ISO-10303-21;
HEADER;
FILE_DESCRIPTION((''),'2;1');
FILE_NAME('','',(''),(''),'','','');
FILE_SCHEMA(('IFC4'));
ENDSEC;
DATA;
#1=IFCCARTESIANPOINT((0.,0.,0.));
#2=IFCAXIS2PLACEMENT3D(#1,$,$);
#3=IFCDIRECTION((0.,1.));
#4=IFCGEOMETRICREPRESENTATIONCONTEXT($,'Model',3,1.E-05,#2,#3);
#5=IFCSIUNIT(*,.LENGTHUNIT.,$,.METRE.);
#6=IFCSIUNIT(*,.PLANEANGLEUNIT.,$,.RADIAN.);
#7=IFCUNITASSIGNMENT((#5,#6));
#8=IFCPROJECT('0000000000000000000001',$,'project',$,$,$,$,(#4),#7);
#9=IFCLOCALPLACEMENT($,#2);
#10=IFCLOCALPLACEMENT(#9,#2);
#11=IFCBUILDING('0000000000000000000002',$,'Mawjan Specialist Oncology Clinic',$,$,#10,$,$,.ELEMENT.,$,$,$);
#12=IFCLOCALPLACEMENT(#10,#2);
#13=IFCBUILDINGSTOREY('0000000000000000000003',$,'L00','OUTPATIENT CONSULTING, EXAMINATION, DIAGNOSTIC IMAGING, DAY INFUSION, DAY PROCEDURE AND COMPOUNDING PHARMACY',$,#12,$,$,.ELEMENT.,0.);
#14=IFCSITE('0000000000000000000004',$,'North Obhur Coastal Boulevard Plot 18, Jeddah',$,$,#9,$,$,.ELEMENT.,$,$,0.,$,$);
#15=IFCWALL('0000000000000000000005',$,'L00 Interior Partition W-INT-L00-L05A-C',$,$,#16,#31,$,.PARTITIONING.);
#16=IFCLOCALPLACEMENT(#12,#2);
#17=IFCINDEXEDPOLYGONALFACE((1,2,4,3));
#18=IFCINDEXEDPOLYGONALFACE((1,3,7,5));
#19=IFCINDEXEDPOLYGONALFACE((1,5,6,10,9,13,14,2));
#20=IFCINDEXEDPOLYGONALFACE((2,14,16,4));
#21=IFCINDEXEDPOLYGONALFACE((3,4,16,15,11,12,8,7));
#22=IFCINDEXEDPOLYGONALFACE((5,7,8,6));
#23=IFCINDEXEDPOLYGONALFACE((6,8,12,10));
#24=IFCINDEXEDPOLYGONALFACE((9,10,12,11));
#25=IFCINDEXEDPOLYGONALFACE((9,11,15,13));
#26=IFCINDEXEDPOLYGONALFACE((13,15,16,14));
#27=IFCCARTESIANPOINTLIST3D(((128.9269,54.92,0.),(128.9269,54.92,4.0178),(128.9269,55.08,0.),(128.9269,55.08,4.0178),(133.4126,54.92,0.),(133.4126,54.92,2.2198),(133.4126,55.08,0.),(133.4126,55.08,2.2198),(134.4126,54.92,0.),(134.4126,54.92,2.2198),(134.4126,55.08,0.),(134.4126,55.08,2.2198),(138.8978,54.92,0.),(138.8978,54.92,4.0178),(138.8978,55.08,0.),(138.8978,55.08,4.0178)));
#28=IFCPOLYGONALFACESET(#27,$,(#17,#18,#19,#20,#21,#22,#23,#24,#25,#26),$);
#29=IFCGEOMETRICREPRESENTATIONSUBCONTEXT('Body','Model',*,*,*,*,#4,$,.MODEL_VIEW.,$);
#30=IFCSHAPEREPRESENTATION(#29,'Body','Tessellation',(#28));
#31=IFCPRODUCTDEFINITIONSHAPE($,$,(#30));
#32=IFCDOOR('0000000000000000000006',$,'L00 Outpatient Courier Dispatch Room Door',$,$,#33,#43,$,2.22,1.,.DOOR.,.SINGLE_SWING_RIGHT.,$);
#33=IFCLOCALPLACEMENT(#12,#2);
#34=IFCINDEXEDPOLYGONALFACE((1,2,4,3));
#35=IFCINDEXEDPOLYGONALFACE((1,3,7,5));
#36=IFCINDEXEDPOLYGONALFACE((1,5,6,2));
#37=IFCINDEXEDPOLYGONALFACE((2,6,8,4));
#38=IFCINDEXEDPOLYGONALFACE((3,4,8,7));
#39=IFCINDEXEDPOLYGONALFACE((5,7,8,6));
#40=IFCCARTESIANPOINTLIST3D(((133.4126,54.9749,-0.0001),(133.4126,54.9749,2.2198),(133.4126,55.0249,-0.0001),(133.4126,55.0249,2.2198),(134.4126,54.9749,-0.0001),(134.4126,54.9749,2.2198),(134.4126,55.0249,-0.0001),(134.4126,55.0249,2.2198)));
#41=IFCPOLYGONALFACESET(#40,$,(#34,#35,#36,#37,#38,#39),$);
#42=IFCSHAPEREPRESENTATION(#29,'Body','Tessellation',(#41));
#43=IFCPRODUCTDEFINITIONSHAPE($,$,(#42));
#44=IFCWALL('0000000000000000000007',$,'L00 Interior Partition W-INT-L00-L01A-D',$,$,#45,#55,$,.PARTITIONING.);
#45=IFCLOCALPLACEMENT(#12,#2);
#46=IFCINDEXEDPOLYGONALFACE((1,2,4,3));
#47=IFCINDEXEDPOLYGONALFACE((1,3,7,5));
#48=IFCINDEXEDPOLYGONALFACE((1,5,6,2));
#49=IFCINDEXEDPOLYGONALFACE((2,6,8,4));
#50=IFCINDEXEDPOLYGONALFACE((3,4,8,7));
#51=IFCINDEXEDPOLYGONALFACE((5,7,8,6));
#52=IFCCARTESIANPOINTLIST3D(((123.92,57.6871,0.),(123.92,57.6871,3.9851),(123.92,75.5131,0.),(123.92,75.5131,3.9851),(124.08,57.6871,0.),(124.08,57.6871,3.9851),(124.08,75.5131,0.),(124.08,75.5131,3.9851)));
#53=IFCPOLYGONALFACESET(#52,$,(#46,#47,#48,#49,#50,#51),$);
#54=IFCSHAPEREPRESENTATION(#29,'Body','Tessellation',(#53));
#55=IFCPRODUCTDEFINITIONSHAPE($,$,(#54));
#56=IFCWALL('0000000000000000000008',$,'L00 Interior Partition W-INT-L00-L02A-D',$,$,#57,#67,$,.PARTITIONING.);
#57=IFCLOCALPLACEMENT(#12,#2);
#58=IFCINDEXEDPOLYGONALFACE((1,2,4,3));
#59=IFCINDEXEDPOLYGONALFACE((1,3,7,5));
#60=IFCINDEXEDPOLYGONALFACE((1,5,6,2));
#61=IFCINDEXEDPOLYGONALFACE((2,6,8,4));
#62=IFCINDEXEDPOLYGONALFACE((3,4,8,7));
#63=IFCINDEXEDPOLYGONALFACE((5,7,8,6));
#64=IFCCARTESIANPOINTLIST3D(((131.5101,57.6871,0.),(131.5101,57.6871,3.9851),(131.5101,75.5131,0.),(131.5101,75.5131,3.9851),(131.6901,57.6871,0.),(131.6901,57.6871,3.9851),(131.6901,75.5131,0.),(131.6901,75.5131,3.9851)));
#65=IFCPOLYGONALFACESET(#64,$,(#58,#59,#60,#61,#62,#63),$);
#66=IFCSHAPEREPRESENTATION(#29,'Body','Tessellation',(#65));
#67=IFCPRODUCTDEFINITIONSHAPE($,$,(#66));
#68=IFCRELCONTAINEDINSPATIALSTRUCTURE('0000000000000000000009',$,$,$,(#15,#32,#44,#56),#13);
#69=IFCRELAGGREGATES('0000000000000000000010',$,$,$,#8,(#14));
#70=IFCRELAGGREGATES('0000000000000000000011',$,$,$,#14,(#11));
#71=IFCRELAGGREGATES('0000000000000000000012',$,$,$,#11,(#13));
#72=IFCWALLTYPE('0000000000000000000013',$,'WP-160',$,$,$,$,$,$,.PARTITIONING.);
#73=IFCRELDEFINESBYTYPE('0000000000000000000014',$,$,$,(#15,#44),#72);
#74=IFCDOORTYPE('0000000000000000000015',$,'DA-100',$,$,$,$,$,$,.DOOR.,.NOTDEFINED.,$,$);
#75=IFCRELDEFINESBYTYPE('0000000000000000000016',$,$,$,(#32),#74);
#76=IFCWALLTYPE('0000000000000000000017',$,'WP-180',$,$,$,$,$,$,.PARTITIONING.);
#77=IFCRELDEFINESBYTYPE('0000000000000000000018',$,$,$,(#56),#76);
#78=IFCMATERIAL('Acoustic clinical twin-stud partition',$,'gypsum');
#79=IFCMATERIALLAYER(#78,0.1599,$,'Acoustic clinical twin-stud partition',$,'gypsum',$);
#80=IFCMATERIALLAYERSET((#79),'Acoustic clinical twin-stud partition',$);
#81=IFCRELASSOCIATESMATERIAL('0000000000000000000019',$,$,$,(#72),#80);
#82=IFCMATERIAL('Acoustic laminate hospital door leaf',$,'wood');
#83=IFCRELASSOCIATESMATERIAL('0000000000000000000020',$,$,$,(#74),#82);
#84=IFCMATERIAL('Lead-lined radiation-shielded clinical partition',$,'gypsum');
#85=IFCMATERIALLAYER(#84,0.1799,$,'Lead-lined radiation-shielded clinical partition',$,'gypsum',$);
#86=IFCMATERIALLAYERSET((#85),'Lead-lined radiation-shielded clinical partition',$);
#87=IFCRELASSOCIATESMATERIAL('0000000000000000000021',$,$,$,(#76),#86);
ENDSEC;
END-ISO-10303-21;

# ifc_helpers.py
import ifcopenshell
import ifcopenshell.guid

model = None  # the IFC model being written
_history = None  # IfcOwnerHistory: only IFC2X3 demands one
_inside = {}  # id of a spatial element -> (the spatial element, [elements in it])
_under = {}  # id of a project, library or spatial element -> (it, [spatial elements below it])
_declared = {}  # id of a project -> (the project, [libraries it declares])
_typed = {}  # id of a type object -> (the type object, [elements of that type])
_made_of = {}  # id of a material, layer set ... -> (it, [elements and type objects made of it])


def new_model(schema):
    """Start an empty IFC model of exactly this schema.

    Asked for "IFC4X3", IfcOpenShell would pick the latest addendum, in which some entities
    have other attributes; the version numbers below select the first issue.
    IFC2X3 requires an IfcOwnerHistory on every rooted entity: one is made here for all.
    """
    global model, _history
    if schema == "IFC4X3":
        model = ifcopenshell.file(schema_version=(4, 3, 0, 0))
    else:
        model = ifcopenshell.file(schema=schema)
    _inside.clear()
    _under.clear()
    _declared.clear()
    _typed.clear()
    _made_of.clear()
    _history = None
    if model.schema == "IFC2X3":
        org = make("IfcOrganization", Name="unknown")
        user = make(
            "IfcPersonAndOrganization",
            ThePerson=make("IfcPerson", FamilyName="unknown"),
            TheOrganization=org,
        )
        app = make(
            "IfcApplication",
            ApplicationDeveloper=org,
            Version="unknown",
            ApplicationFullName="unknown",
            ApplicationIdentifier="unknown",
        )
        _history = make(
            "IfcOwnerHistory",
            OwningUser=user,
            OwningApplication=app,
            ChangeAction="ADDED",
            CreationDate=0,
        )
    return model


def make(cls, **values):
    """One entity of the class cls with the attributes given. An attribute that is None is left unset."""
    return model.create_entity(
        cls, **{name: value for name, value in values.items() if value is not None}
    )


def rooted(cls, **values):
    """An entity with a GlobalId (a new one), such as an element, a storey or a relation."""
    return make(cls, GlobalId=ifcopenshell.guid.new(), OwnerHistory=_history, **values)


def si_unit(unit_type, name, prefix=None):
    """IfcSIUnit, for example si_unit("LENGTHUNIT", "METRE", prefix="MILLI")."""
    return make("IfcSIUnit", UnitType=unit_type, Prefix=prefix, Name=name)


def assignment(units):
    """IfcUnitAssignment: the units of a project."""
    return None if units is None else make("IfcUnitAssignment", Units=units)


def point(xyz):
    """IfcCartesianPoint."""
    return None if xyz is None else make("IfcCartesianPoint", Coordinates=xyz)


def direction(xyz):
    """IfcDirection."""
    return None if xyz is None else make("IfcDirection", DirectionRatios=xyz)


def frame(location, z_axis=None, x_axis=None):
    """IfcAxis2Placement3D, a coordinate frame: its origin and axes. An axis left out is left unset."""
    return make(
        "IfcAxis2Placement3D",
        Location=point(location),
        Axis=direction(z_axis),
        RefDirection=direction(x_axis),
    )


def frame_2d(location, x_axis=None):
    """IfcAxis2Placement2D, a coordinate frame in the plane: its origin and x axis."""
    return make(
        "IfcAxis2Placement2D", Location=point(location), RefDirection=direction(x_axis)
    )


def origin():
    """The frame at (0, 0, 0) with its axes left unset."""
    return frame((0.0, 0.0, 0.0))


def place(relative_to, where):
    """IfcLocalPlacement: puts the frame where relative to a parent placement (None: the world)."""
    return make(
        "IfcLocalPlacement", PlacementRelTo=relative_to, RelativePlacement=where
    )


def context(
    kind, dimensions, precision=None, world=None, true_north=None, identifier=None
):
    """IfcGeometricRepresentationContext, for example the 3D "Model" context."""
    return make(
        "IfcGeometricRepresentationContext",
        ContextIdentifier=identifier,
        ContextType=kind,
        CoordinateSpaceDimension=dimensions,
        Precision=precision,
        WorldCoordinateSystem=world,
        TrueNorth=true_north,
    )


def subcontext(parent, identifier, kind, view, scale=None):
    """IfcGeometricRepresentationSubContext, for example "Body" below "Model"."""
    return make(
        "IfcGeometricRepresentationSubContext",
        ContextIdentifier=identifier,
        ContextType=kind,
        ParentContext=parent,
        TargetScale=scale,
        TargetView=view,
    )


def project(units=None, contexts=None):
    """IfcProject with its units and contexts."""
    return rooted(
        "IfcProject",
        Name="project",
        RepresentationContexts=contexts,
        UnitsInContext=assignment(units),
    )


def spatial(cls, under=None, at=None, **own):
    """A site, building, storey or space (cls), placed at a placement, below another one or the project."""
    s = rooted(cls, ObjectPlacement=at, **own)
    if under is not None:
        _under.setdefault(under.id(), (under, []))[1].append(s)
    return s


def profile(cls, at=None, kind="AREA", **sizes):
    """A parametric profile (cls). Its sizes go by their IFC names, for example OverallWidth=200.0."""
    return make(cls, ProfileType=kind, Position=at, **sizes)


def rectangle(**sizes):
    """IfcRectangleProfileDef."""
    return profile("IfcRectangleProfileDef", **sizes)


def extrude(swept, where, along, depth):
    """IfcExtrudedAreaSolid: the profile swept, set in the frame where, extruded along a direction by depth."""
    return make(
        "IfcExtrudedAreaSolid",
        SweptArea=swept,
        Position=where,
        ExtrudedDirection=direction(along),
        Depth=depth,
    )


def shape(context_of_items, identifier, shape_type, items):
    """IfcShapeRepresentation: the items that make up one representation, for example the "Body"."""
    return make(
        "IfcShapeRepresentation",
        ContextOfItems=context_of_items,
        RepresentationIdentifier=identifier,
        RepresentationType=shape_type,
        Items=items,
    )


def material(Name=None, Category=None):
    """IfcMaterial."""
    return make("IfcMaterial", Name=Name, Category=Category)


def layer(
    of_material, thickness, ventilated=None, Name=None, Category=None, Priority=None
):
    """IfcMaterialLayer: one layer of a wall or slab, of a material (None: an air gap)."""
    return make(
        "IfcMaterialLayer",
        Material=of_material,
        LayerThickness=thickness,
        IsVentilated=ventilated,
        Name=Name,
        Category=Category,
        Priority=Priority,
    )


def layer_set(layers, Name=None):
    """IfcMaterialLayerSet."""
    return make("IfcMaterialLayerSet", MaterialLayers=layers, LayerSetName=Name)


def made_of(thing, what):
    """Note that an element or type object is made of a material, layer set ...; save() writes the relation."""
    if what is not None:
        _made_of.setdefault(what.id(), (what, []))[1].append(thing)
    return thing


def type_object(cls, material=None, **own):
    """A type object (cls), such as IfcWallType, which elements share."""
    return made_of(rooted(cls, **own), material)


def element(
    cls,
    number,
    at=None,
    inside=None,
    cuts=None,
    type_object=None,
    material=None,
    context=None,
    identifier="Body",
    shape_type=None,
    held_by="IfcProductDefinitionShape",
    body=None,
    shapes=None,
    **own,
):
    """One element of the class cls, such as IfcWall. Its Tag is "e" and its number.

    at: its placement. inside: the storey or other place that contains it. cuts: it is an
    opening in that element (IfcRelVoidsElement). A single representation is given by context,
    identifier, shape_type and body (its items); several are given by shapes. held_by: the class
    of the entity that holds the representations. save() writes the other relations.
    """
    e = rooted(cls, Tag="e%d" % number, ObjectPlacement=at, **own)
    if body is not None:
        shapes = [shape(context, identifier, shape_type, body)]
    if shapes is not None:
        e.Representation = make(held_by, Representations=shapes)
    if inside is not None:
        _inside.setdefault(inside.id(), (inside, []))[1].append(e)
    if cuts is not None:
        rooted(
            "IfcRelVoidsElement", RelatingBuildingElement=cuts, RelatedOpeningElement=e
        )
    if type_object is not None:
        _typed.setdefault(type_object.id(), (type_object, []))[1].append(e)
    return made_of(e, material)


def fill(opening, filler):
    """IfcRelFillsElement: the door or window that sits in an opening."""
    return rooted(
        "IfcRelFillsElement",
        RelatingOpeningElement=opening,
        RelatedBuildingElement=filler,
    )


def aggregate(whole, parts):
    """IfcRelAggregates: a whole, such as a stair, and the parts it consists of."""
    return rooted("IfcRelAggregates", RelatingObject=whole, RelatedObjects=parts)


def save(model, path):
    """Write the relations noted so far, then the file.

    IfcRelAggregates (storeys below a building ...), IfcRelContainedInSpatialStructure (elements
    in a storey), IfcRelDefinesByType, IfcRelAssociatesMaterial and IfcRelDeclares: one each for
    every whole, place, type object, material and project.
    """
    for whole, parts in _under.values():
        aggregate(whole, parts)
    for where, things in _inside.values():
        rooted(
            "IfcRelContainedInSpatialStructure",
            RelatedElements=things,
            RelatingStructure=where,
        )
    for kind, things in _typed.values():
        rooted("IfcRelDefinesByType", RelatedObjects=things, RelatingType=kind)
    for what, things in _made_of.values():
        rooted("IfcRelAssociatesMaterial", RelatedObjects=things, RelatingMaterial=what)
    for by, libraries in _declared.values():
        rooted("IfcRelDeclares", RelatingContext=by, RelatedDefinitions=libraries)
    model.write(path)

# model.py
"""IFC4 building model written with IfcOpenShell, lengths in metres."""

from ifc_helpers import new_model, si_unit, direction, frame, frame_2d, origin, place, context, subcontext, project, spatial, rectangle, extrude, material, layer, layer_set, type_object, element, fill, save


model = new_model("IFC4")

# Units and contexts
model_context = context("Model", 3, precision=1e-05, world=origin(), true_north=direction((0.0, 1.0)))
body_context = subcontext(model_context, "Body", "Model", "MODEL_VIEW")
ifc_project = project(units=[si_unit("LENGTHUNIT", "METRE"), si_unit("PLANEANGLEUNIT", "RADIAN")], contexts=[model_context])

# Site, building, storey
site_placement = place(None, origin())
site = spatial("IfcSite", under=ifc_project, at=site_placement, Name="North Obhur Coastal Boulevard Plot 18, Jeddah", CompositionType="ELEMENT", RefElevation=0.0)
building_placement = place(site_placement, origin())
building = spatial("IfcBuilding", under=site, at=building_placement, Name="Mawjan Specialist Oncology Clinic", CompositionType="ELEMENT")
storey_placement = place(building_placement, origin())
storey = spatial("IfcBuildingStorey", under=building, at=storey_placement, Name="L00", Description="OUTPATIENT CONSULTING, EXAMINATION, DIAGNOSTIC IMAGING, DAY INFUSION, DAY PROCEDURE AND COMPOUNDING PHARMACY", CompositionType="ELEMENT", Elevation=0.0)

# Wall, opening, door
ifc_material_1 = material(Name="Acoustic clinical twin-stud partition", Category="gypsum")
ifc_layer_1 = layer(ifc_material_1, 0.1599, Name="Acoustic clinical twin-stud partition", Category="gypsum")
ifc_layer_set_1 = layer_set([ifc_layer_1], Name="Acoustic clinical twin-stud partition")
wall_type_1 = type_object("IfcWallType", Name="WP-160", PredefinedType="PARTITIONING", material=ifc_layer_set_1)
wall_1_placement = place(storey_placement, frame((128.927, 55.0, 0.0), z_axis=(0.0, 0.0, 1.0), x_axis=(1.0, 0.0, 0.0)))
wall_1 = element("IfcWall", 1, at=wall_1_placement, inside=storey, type_object=wall_type_1, Name="L00 Interior Partition W-INT-L00-L05A-C", PredefinedType="PARTITIONING", context=body_context, shape_type="SweptSolid", body=[
    extrude(rectangle(XDim=9.9709, YDim=0.1599, at=frame_2d((4.9854, 0.0))), origin(), (0.0, 0.0, 1.0), 4.0178),
])
opening_1_placement = place(wall_1_placement, frame((4.4856, 0.0, 0.0)))
opening_1 = element("IfcOpeningElement", 2, at=opening_1_placement, cuts=wall_1, PredefinedType="OPENING", context=body_context, shape_type="SweptSolid", body=[
    extrude(rectangle(XDim=1.0, YDim=2.22, at=frame_2d((0.5, 1.1099))), frame((0.0, 0.092, 0.0), z_axis=(0.0, -1.0, 0.0), x_axis=(1.0, 0.0, 0.0)), (0.0, 0.0, 1.0), 0.1838),
])
ifc_material_2 = material(Name="Acoustic laminate hospital door leaf", Category="wood")
door_type_1 = type_object("IfcDoorType", Name="DA-100", OperationType="NOTDEFINED", PredefinedType="DOOR", material=ifc_material_2)
door_1_placement = place(opening_1_placement, origin())
door_1 = element("IfcDoor", 3, at=door_1_placement, inside=storey, type_object=door_type_1, Name="L00 Outpatient Courier Dispatch Room Door", OperationType="SINGLE_SWING_RIGHT", OverallHeight=2.22, OverallWidth=1.0, PredefinedType="DOOR", context=body_context, shape_type="SweptSolid", body=[
    extrude(rectangle(XDim=1.0, YDim=2.22, at=frame_2d((0.5, 1.1099))), frame((0.0, 0.0249, 0.0), z_axis=(0.0, -1.0, 0.0), x_axis=(1.0, 0.0, 0.0)), (0.0, 0.0, 1.0), 0.05),
])
fill(opening_1, door_1)

# Walls
wall_2_placement = place(storey_placement, frame((124.0, 57.687, 0.0), z_axis=(0.0, 0.0, 1.0), x_axis=(0.0, 1.0, 0.0)))
element("IfcWall", 4, at=wall_2_placement, inside=storey, type_object=wall_type_1, Name="L00 Interior Partition W-INT-L00-L01A-D", PredefinedType="PARTITIONING", context=body_context, shape_type="SweptSolid", body=[
    extrude(rectangle(XDim=17.8259, YDim=0.1599, at=frame_2d((8.9131, 0.0))), origin(), (0.0, 0.0, 1.0), 3.9851),
])
ifc_material_3 = material(Name="Lead-lined radiation-shielded clinical partition", Category="gypsum")
ifc_layer_2 = layer(ifc_material_3, 0.1799, Name="Lead-lined radiation-shielded clinical partition", Category="gypsum")
ifc_layer_set_2 = layer_set([ifc_layer_2], Name="Lead-lined radiation-shielded clinical partition")
wall_type_2 = type_object("IfcWallType", Name="WP-180", PredefinedType="PARTITIONING", material=ifc_layer_set_2)
wall_3_placement = place(storey_placement, frame((131.6001, 57.687, 0.0), z_axis=(0.0, 0.0, 1.0), x_axis=(0.0, 1.0, 0.0)))
element("IfcWall", 5, at=wall_3_placement, inside=storey, type_object=wall_type_2, Name="L00 Interior Partition W-INT-L00-L02A-D", PredefinedType="PARTITIONING", context=body_context, shape_type="SweptSolid", body=[
    extrude(rectangle(XDim=17.8259, YDim=0.1799, at=frame_2d((8.9131, 0.0))), origin(), (0.0, 0.0, 1.0), 3.9851),
])

save(model, "model.ifc")
